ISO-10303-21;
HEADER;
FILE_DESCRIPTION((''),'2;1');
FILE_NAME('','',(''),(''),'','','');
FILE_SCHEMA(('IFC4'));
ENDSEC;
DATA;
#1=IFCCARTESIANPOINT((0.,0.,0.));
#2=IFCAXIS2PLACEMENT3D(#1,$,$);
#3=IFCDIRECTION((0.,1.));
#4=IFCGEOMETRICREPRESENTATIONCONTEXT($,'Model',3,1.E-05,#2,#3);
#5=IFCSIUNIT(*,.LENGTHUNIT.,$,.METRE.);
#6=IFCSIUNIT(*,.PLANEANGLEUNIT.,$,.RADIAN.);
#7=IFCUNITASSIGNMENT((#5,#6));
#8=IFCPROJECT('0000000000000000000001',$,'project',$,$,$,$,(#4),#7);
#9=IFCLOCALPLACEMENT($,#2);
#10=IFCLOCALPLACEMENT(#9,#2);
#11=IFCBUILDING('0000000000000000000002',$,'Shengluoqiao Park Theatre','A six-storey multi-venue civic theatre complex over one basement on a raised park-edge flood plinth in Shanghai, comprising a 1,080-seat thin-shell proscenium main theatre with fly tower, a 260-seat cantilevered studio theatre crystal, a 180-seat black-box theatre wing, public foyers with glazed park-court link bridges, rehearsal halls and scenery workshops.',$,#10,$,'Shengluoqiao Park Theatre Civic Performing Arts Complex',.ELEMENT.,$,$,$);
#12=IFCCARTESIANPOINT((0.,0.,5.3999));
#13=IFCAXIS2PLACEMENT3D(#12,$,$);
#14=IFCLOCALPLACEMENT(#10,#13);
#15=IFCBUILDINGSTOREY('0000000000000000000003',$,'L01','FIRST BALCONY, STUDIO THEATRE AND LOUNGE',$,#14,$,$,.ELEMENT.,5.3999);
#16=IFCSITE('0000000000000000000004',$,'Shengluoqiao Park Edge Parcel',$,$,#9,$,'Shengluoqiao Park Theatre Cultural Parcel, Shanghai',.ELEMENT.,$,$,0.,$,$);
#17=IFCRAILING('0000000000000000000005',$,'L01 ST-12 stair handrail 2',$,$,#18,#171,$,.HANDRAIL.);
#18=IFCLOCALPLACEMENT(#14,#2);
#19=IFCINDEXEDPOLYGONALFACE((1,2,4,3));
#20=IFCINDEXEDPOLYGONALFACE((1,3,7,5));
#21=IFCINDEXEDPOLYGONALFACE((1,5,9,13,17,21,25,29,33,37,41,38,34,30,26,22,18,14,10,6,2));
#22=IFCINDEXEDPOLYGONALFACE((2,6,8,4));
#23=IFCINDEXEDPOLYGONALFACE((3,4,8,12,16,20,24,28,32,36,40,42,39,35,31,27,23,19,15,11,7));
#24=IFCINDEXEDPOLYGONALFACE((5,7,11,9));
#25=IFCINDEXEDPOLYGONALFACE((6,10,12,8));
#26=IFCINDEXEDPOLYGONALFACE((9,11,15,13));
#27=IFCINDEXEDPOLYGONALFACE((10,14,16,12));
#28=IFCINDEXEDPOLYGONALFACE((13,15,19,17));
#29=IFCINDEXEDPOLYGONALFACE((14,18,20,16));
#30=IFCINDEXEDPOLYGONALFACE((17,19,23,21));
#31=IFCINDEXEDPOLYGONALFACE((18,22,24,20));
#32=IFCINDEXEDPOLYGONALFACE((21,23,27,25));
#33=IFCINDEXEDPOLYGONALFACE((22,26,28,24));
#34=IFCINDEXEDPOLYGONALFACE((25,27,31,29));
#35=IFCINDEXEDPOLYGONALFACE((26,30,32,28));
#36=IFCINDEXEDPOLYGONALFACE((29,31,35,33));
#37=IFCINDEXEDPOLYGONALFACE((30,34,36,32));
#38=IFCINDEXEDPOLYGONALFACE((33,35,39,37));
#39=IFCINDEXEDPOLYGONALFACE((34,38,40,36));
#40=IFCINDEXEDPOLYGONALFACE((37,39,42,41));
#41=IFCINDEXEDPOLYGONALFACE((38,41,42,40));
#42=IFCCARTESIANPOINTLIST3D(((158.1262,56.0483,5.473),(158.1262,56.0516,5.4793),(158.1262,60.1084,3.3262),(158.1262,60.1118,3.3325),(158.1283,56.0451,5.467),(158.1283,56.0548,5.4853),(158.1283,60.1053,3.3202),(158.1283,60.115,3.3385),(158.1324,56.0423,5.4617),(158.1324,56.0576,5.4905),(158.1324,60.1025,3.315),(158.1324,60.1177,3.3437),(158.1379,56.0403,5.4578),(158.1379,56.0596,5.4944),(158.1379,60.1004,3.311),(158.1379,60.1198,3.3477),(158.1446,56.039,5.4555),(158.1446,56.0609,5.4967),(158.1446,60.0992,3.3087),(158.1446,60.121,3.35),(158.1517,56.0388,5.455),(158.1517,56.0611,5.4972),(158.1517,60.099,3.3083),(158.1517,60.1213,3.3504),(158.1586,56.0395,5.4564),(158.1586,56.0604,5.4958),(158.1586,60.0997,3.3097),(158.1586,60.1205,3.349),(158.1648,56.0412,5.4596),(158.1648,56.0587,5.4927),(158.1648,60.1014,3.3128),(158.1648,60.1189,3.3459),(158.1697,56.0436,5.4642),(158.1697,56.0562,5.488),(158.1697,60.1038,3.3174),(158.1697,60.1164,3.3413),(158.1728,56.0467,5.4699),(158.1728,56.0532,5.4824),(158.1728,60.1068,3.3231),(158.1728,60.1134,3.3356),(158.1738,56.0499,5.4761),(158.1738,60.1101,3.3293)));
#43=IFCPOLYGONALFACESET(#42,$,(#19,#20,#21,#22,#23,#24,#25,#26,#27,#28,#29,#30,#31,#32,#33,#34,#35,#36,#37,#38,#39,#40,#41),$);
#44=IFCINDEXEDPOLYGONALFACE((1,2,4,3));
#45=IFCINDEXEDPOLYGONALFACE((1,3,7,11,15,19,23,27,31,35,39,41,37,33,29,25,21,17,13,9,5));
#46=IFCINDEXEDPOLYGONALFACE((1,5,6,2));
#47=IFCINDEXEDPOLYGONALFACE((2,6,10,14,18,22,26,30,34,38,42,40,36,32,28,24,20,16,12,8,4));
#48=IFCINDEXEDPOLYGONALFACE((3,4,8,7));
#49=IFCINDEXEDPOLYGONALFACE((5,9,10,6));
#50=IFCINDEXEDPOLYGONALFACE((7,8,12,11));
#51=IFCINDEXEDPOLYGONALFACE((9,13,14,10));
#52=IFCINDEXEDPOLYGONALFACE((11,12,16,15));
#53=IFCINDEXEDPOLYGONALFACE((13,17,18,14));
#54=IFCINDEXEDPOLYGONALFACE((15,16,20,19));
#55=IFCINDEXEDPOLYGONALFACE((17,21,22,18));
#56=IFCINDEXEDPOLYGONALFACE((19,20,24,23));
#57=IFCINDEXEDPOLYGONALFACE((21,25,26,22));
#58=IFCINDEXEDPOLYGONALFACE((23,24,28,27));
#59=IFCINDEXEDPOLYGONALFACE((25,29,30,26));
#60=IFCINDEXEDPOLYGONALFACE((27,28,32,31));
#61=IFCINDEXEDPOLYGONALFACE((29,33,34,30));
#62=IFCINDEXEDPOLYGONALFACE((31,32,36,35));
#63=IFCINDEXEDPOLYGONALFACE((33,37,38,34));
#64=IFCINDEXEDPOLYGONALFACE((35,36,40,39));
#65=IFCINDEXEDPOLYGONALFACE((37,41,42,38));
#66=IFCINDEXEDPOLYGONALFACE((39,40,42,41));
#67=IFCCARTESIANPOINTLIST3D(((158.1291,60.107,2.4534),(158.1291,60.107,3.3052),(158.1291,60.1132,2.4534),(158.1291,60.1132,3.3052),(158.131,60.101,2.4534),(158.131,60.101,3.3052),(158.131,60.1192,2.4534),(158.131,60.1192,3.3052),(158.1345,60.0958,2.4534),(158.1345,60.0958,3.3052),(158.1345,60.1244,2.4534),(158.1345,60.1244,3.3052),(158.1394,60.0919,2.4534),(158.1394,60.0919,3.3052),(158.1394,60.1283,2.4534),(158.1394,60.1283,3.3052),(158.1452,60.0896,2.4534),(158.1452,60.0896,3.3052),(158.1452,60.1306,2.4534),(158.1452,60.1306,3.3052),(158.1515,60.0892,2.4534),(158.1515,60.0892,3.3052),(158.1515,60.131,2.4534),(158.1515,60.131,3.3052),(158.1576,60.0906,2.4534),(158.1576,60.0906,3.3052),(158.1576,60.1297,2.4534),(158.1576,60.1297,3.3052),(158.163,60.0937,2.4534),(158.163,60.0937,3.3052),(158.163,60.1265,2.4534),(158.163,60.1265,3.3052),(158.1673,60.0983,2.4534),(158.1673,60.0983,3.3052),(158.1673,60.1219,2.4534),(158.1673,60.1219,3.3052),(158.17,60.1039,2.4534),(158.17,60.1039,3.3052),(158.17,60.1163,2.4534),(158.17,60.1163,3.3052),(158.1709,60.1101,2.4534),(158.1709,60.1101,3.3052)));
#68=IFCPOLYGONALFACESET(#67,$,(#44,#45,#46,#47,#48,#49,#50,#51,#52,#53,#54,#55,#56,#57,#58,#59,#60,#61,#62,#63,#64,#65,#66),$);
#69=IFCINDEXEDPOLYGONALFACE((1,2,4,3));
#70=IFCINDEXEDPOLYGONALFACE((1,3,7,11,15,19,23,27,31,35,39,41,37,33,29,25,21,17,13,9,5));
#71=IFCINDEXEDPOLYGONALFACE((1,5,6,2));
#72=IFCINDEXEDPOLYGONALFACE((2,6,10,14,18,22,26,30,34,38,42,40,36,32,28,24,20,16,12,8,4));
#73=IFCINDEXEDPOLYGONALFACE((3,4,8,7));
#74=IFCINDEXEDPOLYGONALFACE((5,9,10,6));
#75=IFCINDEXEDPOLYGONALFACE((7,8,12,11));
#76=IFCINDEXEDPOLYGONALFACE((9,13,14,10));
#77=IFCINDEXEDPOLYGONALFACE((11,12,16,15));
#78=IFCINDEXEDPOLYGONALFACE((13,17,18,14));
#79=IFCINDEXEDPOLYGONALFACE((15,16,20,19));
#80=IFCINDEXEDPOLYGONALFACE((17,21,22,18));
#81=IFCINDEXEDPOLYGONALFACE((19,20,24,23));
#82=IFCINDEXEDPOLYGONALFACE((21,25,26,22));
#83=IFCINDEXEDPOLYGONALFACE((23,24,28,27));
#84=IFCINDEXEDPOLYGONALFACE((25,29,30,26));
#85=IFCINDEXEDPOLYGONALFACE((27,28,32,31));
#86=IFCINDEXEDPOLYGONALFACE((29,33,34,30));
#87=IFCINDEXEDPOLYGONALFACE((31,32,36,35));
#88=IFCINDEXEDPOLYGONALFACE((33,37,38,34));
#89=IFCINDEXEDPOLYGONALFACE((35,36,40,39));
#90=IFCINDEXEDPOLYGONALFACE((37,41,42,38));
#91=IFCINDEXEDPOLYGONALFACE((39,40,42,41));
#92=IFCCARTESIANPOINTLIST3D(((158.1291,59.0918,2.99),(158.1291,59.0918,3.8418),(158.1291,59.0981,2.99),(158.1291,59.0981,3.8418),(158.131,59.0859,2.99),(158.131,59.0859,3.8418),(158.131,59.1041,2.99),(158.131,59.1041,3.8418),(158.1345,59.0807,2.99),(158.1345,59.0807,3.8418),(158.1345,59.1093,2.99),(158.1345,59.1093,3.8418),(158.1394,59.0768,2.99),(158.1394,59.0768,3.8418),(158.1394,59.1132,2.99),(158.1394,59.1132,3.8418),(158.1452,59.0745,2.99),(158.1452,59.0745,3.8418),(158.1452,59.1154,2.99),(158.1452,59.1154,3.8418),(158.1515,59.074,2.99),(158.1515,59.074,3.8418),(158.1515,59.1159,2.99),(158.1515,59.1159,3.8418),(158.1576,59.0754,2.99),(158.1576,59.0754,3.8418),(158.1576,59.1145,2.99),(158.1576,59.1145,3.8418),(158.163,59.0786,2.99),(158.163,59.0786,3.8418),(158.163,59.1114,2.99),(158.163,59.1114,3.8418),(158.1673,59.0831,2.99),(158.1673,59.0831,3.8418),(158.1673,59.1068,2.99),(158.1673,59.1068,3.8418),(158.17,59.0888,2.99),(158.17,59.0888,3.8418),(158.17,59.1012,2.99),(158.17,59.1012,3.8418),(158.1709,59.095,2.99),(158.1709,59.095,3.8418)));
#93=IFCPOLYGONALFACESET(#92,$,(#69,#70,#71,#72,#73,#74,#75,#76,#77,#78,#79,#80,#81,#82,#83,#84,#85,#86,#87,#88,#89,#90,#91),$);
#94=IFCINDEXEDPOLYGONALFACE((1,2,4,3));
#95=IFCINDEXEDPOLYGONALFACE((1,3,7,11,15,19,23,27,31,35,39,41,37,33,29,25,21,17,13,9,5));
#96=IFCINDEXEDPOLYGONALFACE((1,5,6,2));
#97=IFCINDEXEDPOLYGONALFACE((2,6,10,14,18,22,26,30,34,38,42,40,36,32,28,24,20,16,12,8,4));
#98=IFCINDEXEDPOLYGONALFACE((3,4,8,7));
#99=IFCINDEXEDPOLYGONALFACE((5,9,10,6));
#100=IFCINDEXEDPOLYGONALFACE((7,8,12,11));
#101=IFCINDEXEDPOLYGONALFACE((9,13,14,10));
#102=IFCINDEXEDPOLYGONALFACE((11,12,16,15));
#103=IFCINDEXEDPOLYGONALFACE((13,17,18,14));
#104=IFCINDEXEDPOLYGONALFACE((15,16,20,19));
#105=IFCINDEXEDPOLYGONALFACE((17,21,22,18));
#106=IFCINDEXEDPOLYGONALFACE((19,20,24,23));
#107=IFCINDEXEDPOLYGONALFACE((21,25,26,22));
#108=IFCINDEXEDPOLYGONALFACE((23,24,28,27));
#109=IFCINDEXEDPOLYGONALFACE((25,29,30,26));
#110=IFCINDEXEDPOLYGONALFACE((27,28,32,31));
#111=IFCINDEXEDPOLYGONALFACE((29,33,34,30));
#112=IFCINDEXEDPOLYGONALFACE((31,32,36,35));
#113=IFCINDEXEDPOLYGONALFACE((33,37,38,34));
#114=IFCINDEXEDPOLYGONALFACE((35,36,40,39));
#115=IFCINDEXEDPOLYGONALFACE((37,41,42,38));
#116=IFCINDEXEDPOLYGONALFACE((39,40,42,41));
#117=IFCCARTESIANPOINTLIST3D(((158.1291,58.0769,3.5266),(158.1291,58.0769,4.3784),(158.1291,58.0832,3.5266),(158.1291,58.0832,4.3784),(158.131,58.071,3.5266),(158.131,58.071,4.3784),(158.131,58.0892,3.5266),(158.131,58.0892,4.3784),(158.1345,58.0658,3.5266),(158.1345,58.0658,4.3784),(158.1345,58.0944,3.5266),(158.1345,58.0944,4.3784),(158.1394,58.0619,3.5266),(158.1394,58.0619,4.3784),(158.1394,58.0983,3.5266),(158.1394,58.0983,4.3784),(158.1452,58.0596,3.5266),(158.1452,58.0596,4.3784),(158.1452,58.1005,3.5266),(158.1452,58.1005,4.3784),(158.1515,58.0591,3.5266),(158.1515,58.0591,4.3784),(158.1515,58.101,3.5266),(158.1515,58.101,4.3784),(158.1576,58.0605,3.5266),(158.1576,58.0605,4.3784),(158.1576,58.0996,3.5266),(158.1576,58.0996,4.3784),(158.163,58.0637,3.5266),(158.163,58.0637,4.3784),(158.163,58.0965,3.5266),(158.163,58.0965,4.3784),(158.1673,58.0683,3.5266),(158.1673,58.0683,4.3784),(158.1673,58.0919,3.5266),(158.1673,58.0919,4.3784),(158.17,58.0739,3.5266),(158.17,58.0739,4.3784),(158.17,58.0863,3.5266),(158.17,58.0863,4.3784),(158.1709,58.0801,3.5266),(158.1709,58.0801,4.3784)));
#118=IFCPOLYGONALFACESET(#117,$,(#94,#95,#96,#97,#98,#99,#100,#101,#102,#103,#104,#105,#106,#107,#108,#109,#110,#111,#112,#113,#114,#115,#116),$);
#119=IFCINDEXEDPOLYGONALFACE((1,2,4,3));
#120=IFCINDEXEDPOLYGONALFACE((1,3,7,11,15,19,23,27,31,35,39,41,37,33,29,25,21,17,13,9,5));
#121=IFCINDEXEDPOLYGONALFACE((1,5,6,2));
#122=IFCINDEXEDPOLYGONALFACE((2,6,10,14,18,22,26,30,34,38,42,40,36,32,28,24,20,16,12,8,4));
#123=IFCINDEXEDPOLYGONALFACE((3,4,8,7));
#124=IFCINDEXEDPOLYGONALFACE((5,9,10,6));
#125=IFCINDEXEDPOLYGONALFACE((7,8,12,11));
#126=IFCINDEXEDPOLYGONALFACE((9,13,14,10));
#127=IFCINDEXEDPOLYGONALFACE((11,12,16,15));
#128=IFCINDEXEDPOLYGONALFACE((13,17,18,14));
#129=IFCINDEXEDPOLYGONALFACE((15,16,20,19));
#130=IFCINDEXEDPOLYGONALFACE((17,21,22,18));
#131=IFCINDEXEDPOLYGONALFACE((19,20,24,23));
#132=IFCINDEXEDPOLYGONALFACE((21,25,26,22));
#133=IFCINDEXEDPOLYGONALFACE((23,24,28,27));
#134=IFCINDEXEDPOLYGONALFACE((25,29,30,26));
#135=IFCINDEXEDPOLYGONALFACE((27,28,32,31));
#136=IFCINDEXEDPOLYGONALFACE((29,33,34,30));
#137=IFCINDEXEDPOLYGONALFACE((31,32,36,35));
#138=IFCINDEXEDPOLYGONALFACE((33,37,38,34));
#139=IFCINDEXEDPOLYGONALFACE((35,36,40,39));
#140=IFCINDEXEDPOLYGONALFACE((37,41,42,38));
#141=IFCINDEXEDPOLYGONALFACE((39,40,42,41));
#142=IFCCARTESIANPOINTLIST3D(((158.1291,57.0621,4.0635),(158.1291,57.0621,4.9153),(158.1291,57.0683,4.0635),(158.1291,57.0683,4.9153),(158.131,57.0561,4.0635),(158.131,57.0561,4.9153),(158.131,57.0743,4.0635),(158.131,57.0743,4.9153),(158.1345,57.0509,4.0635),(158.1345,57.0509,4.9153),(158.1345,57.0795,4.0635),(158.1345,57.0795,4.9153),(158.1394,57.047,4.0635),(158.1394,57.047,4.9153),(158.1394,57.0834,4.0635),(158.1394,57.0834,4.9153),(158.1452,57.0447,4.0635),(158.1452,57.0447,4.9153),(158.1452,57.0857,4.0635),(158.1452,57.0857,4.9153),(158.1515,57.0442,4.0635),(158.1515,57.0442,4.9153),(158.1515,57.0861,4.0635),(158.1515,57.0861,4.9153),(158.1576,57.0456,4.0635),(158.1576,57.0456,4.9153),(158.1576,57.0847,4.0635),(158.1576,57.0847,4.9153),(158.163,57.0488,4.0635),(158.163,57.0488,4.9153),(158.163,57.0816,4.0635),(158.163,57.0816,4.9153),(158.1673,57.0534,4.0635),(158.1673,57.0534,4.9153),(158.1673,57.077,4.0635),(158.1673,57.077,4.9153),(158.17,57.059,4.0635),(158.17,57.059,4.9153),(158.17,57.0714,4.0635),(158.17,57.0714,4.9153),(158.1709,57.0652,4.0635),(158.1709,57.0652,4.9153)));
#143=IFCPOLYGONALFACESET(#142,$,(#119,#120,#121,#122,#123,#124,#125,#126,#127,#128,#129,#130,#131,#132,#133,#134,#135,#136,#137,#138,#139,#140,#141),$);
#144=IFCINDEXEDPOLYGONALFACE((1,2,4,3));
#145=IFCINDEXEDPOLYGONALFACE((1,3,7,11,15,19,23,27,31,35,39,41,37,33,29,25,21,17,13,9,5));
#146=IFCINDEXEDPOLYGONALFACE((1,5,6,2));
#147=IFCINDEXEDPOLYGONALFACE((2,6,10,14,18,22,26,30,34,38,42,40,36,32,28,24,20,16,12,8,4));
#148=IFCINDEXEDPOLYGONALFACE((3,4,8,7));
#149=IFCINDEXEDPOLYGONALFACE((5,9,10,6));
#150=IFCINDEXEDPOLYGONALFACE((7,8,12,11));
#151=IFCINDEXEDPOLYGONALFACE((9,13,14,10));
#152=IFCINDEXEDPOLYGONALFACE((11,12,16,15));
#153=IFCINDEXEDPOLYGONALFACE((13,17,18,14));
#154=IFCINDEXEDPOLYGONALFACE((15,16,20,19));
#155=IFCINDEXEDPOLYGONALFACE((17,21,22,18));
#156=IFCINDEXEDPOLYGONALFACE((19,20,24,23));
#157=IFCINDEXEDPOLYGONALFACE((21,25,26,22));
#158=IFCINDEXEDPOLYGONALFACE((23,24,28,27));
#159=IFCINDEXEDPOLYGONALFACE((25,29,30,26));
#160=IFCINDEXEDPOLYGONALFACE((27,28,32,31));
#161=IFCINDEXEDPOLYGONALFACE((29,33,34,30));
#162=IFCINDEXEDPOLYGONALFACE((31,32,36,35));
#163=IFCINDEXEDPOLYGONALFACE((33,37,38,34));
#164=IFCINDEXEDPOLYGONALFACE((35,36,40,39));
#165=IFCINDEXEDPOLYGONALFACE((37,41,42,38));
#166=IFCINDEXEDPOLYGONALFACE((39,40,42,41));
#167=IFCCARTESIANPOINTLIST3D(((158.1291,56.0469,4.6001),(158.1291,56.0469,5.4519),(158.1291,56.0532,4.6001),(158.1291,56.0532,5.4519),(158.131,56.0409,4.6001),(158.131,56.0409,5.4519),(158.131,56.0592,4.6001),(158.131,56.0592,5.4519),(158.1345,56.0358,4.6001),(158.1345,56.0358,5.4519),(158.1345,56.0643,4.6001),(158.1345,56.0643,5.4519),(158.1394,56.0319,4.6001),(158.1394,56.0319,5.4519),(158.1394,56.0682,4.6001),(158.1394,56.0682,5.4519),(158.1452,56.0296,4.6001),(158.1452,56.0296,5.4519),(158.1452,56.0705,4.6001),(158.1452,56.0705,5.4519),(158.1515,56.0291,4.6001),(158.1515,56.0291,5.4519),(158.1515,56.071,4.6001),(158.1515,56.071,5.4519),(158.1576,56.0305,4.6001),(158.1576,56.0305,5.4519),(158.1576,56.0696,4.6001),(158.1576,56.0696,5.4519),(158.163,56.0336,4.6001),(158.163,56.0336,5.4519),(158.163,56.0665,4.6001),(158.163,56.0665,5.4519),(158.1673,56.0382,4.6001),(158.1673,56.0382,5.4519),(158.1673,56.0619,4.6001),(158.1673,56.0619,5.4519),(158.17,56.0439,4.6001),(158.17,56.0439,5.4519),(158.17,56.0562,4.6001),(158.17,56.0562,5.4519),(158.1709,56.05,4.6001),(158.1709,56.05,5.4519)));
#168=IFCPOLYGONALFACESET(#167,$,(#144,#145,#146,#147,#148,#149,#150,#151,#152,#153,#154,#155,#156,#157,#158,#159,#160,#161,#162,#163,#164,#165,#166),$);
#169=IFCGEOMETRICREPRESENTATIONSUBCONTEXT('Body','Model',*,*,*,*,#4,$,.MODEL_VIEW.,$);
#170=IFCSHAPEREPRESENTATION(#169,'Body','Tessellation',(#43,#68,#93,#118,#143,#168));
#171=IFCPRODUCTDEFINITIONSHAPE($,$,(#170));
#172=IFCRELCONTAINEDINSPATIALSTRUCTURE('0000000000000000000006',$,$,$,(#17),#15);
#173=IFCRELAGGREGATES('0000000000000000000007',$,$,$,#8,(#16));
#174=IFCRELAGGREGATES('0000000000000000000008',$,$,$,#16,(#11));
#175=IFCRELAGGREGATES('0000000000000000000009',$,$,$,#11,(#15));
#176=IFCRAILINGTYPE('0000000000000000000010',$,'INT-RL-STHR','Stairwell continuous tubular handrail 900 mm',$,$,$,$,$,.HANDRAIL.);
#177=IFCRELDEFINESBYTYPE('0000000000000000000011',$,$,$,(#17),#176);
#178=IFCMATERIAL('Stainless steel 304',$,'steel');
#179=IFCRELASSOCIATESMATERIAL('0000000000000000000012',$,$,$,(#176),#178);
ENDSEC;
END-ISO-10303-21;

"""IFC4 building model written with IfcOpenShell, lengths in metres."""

from ifc_helpers import new_model, si_unit, direction, frame, origin, origin_2d, place, context, subcontext, project, spatial, circle, extrude, material, type_object, element, save


model = new_model("IFC4")

# Units and contexts
model_context = context("Model", 3, precision=1e-05, world=origin(), true_north=direction((0.0, 1.0)))
body_context = subcontext(model_context, "Body", "Model", "MODEL_VIEW")
ifc_project = project(units=[si_unit("LENGTHUNIT", "METRE"), si_unit("PLANEANGLEUNIT", "RADIAN")], contexts=[model_context])

# Site, building, storey
site_placement = place(None, origin())
site = spatial("IfcSite", under=ifc_project, at=site_placement, Name="Shengluoqiao Park Edge Parcel", LongName="Shengluoqiao Park Theatre Cultural Parcel, Shanghai", CompositionType="ELEMENT", RefElevation=0.0)
building_placement = place(site_placement, origin())
building = spatial("IfcBuilding", under=site, at=building_placement, Name="Shengluoqiao Park Theatre", Description="A six-storey multi-venue civic theatre complex over one basement on a raised park-edge flood plinth in Shanghai, comprising a 1,080-seat thin-shell proscenium main theatre with fly tower, a 260-seat cantilevered studio theatre crystal, a 180-seat black-box theatre wing, public foyers with glazed park-court link bridges, rehearsal halls and scenery workshops.", LongName="Shengluoqiao Park Theatre Civic Performing Arts Complex", CompositionType="ELEMENT")
storey_placement = place(building_placement, frame((0.0, 0.0, 5.3999)))
storey = spatial("IfcBuildingStorey", under=building, at=storey_placement, Name="L01", Description="FIRST BALCONY, STUDIO THEATRE AND LOUNGE", CompositionType="ELEMENT", Elevation=5.3999)

# Railing
ifc_material_1 = material(Name="Stainless steel 304", Category="steel")
railing_type_1 = type_object("IfcRailingType", Name="INT-RL-STHR", Description="Stairwell continuous tubular handrail 900 mm", PredefinedType="HANDRAIL", material=ifc_material_1)
railing_1_placement = place(storey_placement, frame((158.1499, 60.1101, 2.4534)))
element("IfcRailing", 1, at=railing_1_placement, inside=storey, type_object=railing_type_1, Name="L01 ST-12 stair handrail 2", PredefinedType="HANDRAIL", context=body_context, shape_type="SweptSolid", body=[
    extrude(circle(Radius=0.0239, at=origin_2d()), frame((0.0, 0.0, 0.876), z_axis=(0.0, -0.884032, 0.467426), x_axis=(1.0, 0.0, 0.0)), (0.0, 0.0, 1.0), 4.5928),
    extrude(circle(Radius=0.021, at=origin_2d()), origin(), (0.0, 0.0, 1.0), 0.8518),
    extrude(circle(Radius=0.021, at=origin_2d()), frame((0.0, -1.0151, 0.5366)), (0.0, 0.0, 1.0), 0.8518),
    extrude(circle(Radius=0.021, at=origin_2d()), frame((0.0, -2.03, 1.0732)), (0.0, 0.0, 1.0), 0.8518),
    extrude(circle(Radius=0.021, at=origin_2d()), frame((0.0, -3.0449, 1.6101)), (0.0, 0.0, 1.0), 0.8518),
    extrude(circle(Radius=0.021, at=origin_2d()), frame((0.0, -4.0601, 2.1467)), (0.0, 0.0, 1.0), 0.8518),
])

save(model, "model.ifc")
